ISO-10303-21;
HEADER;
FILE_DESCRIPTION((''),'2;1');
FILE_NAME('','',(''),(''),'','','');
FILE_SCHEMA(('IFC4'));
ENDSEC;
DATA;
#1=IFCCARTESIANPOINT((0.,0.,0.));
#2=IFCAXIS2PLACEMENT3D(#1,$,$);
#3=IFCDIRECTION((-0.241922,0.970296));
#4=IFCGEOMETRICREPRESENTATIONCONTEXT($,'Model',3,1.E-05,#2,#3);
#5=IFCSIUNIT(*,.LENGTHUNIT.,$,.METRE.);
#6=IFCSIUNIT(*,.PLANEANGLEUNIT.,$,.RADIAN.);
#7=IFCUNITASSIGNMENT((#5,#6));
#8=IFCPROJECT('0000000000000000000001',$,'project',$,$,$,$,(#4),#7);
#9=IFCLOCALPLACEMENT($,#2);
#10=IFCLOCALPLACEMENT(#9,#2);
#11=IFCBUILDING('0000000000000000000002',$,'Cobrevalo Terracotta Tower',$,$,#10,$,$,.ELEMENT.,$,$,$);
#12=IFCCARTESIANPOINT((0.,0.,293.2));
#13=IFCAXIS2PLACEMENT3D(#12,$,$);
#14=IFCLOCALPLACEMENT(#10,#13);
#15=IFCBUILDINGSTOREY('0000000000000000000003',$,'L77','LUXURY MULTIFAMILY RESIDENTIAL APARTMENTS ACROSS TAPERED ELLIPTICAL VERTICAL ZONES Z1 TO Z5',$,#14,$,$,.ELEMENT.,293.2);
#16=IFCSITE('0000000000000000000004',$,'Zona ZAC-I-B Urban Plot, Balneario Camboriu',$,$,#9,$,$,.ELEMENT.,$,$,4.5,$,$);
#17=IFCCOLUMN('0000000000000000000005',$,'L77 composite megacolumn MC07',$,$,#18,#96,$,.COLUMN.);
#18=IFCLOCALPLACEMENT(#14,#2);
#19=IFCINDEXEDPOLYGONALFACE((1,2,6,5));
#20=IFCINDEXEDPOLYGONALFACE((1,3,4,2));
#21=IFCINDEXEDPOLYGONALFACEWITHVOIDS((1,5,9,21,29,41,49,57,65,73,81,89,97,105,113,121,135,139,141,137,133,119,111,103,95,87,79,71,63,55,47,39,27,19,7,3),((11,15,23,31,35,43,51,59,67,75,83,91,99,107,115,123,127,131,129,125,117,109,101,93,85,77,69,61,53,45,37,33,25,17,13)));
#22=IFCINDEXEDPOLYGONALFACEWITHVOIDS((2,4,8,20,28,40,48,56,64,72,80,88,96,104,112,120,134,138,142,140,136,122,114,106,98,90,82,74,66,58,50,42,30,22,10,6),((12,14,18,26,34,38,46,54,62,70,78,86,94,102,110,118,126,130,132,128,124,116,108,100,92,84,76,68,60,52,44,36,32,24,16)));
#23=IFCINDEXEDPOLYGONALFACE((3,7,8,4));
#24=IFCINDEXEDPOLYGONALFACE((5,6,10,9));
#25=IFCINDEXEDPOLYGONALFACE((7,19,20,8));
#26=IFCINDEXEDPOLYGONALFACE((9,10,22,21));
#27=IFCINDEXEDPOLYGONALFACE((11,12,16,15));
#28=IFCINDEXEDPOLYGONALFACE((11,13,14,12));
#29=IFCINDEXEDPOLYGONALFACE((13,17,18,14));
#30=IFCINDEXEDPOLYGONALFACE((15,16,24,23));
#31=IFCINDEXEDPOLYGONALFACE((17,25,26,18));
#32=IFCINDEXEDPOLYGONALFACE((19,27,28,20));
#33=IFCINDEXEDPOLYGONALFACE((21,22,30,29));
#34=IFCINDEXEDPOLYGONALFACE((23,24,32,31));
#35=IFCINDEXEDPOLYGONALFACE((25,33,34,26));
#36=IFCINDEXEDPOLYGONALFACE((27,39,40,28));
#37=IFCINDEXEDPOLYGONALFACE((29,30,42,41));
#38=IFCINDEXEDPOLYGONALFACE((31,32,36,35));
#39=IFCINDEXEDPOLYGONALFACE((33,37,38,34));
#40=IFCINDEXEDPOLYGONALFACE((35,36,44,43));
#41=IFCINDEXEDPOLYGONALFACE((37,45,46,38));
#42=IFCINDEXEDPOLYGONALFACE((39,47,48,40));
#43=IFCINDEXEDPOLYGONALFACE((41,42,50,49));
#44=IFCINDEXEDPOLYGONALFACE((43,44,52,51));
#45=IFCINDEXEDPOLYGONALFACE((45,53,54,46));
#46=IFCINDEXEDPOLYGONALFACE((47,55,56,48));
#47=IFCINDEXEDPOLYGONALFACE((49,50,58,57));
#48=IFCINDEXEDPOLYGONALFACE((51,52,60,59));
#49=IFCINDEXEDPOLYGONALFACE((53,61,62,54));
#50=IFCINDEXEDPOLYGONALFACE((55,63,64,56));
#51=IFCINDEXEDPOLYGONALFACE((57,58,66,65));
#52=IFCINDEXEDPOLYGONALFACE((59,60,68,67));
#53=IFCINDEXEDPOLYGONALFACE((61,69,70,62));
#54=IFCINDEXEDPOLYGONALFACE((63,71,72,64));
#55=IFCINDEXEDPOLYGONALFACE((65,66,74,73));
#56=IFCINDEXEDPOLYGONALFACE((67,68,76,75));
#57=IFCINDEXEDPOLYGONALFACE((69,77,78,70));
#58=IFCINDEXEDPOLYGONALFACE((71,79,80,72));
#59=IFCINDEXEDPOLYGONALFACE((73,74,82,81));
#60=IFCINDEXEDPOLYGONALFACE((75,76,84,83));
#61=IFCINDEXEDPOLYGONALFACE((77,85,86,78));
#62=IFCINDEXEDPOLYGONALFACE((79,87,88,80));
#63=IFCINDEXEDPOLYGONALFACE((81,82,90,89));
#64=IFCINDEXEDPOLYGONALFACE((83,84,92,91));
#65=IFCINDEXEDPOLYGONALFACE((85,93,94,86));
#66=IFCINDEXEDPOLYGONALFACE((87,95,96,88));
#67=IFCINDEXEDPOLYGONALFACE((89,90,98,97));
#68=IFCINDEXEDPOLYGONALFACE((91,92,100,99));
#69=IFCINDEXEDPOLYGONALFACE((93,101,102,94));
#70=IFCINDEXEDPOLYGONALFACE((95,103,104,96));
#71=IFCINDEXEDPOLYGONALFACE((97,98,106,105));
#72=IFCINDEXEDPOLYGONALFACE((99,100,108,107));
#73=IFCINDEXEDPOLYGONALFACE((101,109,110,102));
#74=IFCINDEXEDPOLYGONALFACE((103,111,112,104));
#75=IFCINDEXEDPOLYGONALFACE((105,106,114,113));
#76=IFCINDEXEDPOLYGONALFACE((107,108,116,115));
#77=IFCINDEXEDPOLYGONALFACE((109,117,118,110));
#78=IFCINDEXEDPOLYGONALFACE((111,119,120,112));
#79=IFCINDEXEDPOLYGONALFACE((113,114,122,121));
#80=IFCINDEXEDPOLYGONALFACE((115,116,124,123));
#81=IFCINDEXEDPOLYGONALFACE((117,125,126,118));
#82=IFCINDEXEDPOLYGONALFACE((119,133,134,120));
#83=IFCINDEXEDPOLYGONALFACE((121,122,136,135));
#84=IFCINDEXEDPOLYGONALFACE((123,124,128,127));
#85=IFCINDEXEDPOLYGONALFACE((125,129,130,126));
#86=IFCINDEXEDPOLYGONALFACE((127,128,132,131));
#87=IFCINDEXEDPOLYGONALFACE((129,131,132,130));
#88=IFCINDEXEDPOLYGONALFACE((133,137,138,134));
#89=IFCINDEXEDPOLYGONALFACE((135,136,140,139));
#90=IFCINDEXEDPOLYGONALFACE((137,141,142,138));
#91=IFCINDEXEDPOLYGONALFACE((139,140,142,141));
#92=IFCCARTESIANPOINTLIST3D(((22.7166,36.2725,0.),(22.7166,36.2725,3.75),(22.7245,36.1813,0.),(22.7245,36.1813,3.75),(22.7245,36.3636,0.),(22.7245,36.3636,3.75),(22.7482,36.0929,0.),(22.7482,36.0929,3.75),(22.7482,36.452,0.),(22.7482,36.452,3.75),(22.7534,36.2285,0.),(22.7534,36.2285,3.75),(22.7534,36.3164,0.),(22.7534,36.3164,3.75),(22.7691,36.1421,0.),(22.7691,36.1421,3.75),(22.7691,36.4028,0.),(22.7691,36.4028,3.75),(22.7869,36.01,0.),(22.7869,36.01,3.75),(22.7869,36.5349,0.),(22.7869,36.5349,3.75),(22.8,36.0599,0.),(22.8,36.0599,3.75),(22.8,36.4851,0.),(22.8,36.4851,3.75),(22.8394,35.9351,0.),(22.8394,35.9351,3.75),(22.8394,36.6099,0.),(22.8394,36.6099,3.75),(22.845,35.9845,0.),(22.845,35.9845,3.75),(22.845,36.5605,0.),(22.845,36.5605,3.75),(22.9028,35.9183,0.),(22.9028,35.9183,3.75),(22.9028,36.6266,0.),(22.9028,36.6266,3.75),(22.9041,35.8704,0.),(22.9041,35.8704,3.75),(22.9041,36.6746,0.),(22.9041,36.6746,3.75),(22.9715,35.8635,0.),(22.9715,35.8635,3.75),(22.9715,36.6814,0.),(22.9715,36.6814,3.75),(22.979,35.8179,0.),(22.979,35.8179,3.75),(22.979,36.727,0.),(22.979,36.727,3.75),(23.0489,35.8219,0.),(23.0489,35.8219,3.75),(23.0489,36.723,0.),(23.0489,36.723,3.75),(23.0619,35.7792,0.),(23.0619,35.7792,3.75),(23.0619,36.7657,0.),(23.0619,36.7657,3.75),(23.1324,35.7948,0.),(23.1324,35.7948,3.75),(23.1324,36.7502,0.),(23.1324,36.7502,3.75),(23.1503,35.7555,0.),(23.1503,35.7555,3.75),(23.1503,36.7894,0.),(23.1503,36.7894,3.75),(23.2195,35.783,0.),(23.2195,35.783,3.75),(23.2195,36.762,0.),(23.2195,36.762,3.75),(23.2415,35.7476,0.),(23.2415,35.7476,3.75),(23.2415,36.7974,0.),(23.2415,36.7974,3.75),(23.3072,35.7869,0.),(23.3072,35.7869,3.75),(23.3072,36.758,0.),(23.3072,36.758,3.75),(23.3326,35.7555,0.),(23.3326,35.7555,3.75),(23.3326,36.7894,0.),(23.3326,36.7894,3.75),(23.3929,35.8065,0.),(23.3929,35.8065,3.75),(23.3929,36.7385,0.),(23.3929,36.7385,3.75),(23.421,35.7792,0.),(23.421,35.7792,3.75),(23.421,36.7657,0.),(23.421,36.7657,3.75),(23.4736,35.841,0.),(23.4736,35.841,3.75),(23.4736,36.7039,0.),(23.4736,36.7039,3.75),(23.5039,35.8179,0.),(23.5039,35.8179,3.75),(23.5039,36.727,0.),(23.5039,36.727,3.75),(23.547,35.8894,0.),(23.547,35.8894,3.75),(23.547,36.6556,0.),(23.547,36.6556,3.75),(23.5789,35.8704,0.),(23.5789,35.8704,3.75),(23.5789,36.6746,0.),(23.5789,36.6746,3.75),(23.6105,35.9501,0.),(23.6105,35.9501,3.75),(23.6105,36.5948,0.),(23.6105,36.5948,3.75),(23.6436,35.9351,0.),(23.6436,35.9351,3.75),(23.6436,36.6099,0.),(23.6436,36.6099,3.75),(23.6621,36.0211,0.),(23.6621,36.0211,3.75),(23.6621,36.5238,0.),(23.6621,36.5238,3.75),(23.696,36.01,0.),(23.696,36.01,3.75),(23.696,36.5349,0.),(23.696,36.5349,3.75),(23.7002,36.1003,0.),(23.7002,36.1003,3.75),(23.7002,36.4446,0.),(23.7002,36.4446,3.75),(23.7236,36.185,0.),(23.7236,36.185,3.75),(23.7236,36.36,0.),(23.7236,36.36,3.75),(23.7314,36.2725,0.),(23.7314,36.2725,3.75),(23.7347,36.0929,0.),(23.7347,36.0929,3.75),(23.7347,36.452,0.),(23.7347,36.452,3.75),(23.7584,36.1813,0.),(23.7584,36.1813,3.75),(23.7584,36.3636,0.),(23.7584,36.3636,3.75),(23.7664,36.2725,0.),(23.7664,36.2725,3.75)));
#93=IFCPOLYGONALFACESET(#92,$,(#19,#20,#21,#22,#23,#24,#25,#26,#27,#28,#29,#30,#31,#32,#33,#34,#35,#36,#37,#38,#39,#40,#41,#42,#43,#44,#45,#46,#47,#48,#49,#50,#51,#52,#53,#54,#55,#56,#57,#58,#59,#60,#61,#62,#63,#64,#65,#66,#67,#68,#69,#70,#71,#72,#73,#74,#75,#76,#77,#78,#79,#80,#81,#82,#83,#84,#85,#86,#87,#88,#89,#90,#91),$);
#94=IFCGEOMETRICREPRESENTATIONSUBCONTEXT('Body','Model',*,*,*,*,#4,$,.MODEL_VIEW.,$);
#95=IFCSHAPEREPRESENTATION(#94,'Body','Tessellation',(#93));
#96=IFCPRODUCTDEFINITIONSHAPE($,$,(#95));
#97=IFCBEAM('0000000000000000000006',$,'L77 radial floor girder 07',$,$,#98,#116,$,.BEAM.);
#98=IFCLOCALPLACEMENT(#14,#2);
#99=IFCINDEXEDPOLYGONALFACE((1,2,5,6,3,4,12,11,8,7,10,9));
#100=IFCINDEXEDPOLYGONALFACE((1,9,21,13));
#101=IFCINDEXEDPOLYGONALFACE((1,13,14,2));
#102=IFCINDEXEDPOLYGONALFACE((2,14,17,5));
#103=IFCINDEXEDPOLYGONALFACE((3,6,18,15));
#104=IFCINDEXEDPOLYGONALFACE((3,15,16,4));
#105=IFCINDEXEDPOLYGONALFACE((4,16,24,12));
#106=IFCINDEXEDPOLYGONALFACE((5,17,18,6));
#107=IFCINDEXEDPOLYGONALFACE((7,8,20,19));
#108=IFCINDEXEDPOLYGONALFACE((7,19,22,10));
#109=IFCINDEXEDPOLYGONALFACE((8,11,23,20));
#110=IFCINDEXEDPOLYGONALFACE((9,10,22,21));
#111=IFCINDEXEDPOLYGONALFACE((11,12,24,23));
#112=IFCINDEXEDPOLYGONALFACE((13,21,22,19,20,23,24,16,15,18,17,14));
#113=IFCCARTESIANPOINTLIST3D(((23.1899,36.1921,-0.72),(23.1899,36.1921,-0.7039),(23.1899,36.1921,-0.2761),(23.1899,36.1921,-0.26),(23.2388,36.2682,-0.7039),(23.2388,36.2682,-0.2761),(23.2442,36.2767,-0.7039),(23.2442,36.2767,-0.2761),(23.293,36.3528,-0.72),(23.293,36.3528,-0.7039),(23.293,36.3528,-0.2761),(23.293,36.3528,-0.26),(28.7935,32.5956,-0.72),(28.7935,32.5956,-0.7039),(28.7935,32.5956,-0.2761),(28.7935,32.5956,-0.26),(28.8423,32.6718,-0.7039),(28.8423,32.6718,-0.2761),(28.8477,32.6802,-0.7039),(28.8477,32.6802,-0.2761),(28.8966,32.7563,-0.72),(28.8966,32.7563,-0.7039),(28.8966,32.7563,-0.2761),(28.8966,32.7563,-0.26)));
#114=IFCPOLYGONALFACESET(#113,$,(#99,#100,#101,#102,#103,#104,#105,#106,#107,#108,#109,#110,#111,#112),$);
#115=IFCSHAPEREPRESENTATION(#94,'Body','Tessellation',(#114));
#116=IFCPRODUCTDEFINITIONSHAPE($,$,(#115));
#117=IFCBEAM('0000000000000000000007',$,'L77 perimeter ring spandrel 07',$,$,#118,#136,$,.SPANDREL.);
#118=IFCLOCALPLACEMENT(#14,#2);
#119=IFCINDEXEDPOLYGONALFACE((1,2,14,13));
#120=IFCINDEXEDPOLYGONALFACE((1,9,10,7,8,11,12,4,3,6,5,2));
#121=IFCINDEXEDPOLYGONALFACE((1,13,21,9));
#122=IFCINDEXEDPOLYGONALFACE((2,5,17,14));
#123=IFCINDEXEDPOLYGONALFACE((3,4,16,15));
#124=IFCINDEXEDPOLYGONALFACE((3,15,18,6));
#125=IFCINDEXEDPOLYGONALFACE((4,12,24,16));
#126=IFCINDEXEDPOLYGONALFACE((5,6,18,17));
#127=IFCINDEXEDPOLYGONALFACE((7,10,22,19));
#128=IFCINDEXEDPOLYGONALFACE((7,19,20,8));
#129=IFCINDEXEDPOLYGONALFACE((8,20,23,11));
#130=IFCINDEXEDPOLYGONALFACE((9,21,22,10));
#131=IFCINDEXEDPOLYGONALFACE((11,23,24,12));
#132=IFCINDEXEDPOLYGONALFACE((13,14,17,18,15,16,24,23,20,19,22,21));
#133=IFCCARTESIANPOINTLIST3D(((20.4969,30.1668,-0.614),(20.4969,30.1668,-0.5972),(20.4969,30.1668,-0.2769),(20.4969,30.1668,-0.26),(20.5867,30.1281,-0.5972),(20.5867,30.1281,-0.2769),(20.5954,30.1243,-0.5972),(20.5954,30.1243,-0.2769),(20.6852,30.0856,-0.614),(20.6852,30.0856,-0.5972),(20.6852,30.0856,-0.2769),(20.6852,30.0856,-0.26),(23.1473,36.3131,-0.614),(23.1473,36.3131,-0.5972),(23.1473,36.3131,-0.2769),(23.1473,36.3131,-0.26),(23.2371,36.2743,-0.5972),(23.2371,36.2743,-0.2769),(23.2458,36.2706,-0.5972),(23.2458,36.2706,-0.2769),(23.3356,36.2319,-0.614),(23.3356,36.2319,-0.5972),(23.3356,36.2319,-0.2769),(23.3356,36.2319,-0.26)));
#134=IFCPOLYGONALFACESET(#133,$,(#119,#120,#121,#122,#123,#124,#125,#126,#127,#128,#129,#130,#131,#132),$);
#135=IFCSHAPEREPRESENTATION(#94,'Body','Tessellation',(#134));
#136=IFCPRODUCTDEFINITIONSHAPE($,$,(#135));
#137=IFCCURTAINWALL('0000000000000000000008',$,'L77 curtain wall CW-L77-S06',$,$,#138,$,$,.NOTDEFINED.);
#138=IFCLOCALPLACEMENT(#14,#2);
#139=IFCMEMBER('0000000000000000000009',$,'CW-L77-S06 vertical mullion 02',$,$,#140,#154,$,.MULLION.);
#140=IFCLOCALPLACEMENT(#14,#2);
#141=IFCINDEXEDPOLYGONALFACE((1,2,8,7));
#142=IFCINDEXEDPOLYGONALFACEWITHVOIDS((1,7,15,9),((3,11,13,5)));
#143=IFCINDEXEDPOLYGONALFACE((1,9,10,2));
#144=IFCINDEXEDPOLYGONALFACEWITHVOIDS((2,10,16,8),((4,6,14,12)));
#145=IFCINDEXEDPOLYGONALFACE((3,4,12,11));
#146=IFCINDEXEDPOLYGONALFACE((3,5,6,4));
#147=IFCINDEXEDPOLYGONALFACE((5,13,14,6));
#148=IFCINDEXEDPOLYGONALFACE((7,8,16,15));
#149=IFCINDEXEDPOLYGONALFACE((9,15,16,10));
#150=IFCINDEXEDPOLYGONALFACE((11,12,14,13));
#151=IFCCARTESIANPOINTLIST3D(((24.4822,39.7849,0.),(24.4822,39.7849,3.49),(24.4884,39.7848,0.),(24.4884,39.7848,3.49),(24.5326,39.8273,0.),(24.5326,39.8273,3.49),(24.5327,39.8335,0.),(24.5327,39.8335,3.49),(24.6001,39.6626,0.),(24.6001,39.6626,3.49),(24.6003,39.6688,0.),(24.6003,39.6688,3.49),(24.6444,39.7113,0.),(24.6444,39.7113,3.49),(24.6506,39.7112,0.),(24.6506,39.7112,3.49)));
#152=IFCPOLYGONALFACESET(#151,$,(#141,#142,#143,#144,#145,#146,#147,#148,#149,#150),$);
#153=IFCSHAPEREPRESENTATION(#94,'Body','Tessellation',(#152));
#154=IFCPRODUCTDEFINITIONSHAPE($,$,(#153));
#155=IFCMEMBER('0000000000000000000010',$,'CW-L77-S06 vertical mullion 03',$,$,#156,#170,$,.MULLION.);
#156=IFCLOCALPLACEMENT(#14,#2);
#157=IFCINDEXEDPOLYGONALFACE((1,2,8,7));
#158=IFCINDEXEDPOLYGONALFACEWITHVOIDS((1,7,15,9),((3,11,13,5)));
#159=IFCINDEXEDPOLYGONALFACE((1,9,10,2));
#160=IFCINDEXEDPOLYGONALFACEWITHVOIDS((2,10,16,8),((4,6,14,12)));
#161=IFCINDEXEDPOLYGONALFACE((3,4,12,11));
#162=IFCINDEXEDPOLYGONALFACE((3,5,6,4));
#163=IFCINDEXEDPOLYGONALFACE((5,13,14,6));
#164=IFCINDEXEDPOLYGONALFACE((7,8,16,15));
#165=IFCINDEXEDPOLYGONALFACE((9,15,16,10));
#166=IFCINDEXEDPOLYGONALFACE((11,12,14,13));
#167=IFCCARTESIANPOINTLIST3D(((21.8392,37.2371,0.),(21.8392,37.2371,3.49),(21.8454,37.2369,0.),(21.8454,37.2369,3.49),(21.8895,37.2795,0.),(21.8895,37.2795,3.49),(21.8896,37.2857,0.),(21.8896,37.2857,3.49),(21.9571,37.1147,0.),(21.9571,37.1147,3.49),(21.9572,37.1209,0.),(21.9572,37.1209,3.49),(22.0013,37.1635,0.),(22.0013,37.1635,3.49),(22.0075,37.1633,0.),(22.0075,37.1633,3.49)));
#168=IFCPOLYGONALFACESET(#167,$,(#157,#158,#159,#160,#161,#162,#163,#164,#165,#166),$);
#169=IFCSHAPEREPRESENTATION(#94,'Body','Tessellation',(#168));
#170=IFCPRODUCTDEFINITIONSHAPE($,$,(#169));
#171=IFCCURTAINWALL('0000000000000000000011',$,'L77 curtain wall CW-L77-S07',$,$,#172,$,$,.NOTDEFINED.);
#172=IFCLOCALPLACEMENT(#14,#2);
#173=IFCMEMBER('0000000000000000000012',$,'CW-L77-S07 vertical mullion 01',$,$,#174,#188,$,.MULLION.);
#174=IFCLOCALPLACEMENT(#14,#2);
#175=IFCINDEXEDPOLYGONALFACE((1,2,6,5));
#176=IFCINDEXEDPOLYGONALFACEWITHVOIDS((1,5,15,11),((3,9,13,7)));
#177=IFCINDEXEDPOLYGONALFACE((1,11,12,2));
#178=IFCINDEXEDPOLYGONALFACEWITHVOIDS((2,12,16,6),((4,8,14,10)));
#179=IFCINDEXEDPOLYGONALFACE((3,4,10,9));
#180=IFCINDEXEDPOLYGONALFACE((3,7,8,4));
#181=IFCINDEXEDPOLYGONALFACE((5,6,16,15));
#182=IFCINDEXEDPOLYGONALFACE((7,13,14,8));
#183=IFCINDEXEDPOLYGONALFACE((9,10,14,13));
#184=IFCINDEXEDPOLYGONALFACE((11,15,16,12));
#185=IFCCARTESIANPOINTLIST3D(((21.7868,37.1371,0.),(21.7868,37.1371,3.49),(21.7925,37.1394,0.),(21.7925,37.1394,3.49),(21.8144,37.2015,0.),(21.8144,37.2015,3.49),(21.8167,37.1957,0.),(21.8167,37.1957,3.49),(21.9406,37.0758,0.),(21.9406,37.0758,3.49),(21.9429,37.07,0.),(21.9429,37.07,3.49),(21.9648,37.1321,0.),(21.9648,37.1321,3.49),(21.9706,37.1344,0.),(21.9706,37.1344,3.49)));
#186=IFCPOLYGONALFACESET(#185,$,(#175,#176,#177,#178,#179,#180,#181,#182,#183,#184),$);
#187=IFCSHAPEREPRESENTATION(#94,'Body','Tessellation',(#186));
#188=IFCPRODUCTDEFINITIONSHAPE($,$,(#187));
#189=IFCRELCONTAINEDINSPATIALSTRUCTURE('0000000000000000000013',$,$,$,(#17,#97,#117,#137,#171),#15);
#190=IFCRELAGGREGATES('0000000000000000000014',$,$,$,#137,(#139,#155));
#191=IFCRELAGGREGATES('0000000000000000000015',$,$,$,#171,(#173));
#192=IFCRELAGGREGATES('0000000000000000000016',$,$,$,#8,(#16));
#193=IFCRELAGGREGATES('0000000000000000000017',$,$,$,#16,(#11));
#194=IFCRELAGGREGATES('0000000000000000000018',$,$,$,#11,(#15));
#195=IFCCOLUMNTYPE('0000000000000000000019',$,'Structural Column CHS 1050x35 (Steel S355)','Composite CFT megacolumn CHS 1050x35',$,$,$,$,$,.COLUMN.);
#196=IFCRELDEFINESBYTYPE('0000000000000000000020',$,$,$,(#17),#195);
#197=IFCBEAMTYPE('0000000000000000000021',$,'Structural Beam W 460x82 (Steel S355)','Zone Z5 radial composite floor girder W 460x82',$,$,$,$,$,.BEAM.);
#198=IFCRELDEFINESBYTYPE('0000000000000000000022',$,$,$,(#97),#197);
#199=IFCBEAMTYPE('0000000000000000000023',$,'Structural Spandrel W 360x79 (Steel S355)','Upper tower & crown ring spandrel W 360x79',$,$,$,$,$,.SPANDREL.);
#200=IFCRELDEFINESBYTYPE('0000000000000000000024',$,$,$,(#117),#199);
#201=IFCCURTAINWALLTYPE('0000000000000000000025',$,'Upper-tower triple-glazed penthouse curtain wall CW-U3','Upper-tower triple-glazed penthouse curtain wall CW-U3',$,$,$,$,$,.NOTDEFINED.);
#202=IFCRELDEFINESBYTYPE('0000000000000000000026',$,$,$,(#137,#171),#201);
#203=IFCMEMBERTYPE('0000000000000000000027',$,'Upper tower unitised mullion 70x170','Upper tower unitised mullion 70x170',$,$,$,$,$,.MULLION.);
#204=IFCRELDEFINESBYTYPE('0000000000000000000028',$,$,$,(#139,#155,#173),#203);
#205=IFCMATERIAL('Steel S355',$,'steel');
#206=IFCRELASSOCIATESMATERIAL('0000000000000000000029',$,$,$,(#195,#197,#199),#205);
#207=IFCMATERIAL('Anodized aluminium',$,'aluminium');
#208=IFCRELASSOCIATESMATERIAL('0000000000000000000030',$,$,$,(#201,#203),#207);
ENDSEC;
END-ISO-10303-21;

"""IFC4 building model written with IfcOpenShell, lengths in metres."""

from ifc_helpers import new_model, si_unit, direction, frame, origin, origin_2d, place, context, subcontext, project, spatial, hollow_rectangle, hollow_circle, i_section, extrude, source, transform, mapped, material, material_profile, profile_set, type_object, element, aggregate, save


model = new_model("IFC4")

# Units and contexts
model_context = context("Model", 3, precision=1e-05, world=origin(), true_north=direction((-0.241922, 0.970296)))
body_context = subcontext(model_context, "Body", "Model", "MODEL_VIEW")
ifc_project = project(units=[si_unit("LENGTHUNIT", "METRE"), si_unit("PLANEANGLEUNIT", "RADIAN")], contexts=[model_context])

# Site, building, storey
site_placement = place(None, origin())
site = spatial("IfcSite", under=ifc_project, at=site_placement, Name="Zona ZAC-I-B Urban Plot, Balneario Camboriu", CompositionType="ELEMENT", RefElevation=4.5)
building_placement = place(site_placement, origin())
building = spatial("IfcBuilding", under=site, at=building_placement, Name="Cobrevalo Terracotta Tower", CompositionType="ELEMENT")
storey_placement = place(building_placement, frame((0.0, 0.0, 293.2)))
storey = spatial("IfcBuildingStorey", under=building, at=storey_placement, Name="L77", Description="LUXURY MULTIFAMILY RESIDENTIAL APARTMENTS ACROSS TAPERED ELLIPTICAL VERTICAL ZONES Z1 TO Z5", CompositionType="ELEMENT", Elevation=293.2)

# Column
ifc_material_1 = material(Name="Steel S355", Category="steel")
ifc_material_profile_1 = material_profile(ifc_material_1, hollow_circle(Radius=0.5249, WallThickness=0.0349, at=origin_2d()), Name="CHS 1050x35")
ifc_profile_set_1 = profile_set([ifc_material_profile_1], Name="Steel S355")
column_type = type_object("IfcColumnType", Name="Structural Column CHS 1050x35 (Steel S355)", Description="Composite CFT megacolumn CHS 1050x35", PredefinedType="COLUMN", material=ifc_profile_set_1)
column_placement = place(storey_placement, frame((23.2415, 36.2725, 0.0), z_axis=(0.0, 0.0, 1.0), x_axis=(1.0, 0.0, 0.0)))
element("IfcColumn", 1, at=column_placement, inside=storey, type_object=column_type, Name="L77 composite megacolumn MC07", PredefinedType="COLUMN", context=body_context, shape_type="SweptSolid", body=[
    extrude(hollow_circle(Radius=0.5249, WallThickness=0.0349, at=origin_2d()), origin(), (0.0, 0.0, 1.0), 3.75),
])

# Beams
ifc_material_profile_2 = material_profile(ifc_material_1, i_section(OverallWidth=0.1909, OverallDepth=0.46, WebThickness=0.01, FlangeThickness=0.0161, at=origin_2d()), Name="W 460x82")
ifc_profile_set_2 = profile_set([ifc_material_profile_2], Name="Steel S355")
beam_type_1 = type_object("IfcBeamType", Name="Structural Beam W 460x82 (Steel S355)", Description="Zone Z5 radial composite floor girder W 460x82", PredefinedType="BEAM", material=ifc_profile_set_2)
beam_1_placement = place(storey_placement, frame((23.2415, 36.2725, -0.49), z_axis=(0.841576, -0.540138, 0.0), x_axis=(0.540138, 0.841576, 0.0)))
element("IfcBeam", 2, at=beam_1_placement, inside=storey, type_object=beam_type_1, Name="L77 radial floor girder 07", PredefinedType="BEAM", context=body_context, shape_type="SweptSolid", body=[
    extrude(i_section(OverallWidth=0.1909, OverallDepth=0.46, WebThickness=0.01, FlangeThickness=0.0161, at=origin_2d()), origin(), (0.0, 0.0, 1.0), 6.6584),
])
ifc_material_profile_3 = material_profile(ifc_material_1, i_section(OverallWidth=0.2051, OverallDepth=0.354, WebThickness=0.0095, FlangeThickness=0.0168, at=origin_2d()), Name="W 360x79")
ifc_profile_set_3 = profile_set([ifc_material_profile_3], Name="Steel S355")
beam_type_2 = type_object("IfcBeamType", Name="Structural Spandrel W 360x79 (Steel S355)", Description="Upper tower & crown ring spandrel W 360x79", PredefinedType="SPANDREL", material=ifc_profile_set_3)
beam_2_placement = place(storey_placement, frame((23.2415, 36.2725, -0.437), z_axis=(-0.395974, -0.918262, 0.0), x_axis=(0.918262, -0.395974, 0.0)))
element("IfcBeam", 3, at=beam_2_placement, inside=storey, type_object=beam_type_2, Name="L77 perimeter ring spandrel 07", PredefinedType="SPANDREL", context=body_context, shape_type="SweptSolid", body=[
    extrude(i_section(OverallWidth=0.2051, OverallDepth=0.354, WebThickness=0.0095, FlangeThickness=0.0168, at=origin_2d()), origin(), (0.0, 0.0, 1.0), 6.6934),
])

# Curtain walls, members
ifc_material_2 = material(Name="Anodized aluminium", Category="aluminium")
curtain_wall_type = type_object("IfcCurtainWallType", Name="Upper-tower triple-glazed penthouse curtain wall CW-U3", Description="Upper-tower triple-glazed penthouse curtain wall CW-U3", PredefinedType="NOTDEFINED", material=ifc_material_2)
curtain_wall_1_placement = place(storey_placement, origin())
curtain_wall_1 = element("IfcCurtainWall", 4, at=curtain_wall_1_placement, inside=storey, type_object=curtain_wall_type, Name="L77 curtain wall CW-L77-S06", PredefinedType="NOTDEFINED")
ifc_material_profile_4 = material_profile(ifc_material_2, hollow_rectangle(XDim=0.0701, YDim=0.1699, WallThickness=0.0044, at=origin_2d()), Name="CWM 70x170")
ifc_profile_set_4 = profile_set([ifc_material_profile_4], Name="Anodized aluminium")
member_type_1 = type_object("IfcMemberType", Name="Upper tower unitised mullion 70x170", Description="Upper tower unitised mullion 70x170", PredefinedType="MULLION", material=ifc_profile_set_4)
shared_shape_1 = source(origin(), body_context, "Body", "SweptSolid", [
    extrude(hollow_rectangle(XDim=0.0701, YDim=0.1699, WallThickness=0.0044, at=origin_2d()), origin(), (0.0, 0.0, 1.0), 3.49),
])
member_1_placement = place(storey_placement, frame((24.5664, 39.748, 0.0), z_axis=(0.0, 0.0, 1.0), x_axis=(-0.719994, -0.69398, 0.0)))
member_1 = element("IfcMember", 5, at=member_1_placement, type_object=member_type_1, Name="CW-L77-S06 vertical mullion 02", PredefinedType="MULLION", context=body_context, shape_type="MappedRepresentation", body=[
    mapped(shared_shape_1, transform((0.0, 0.0, 0.0), scale=1.0)),
])
member_2_placement = place(storey_placement, frame((21.9233, 37.2002, 0.0), z_axis=(0.0, 0.0, 1.0), x_axis=(-0.719994, -0.69398, 0.0)))
member_2 = element("IfcMember", 6, at=member_2_placement, type_object=member_type_1, Name="CW-L77-S06 vertical mullion 03", PredefinedType="MULLION", context=body_context, shape_type="MappedRepresentation", body=[
    mapped(shared_shape_1, transform((0.0, 0.0, 0.0), scale=1.0)),
])
curtain_wall_2_placement = place(storey_placement, origin())
curtain_wall_2 = element("IfcCurtainWall", 7, at=curtain_wall_2_placement, inside=storey, type_object=curtain_wall_type, Name="L77 curtain wall CW-L77-S07", PredefinedType="NOTDEFINED")
member_3_placement = place(storey_placement, frame((21.8787, 37.1357, 0.0), z_axis=(0.0, 0.0, 1.0), x_axis=(-0.394824, -0.918757, 0.0)))
member_3 = element("IfcMember", 8, at=member_3_placement, type_object=member_type_1, Name="CW-L77-S07 vertical mullion 01", PredefinedType="MULLION", context=body_context, shape_type="MappedRepresentation", body=[
    mapped(shared_shape_1, transform((0.0, 0.0, 0.0), scale=1.0)),
])

aggregate(curtain_wall_1, [member_1, member_2])
aggregate(curtain_wall_2, [member_3])

save(model, "model.ifc")
